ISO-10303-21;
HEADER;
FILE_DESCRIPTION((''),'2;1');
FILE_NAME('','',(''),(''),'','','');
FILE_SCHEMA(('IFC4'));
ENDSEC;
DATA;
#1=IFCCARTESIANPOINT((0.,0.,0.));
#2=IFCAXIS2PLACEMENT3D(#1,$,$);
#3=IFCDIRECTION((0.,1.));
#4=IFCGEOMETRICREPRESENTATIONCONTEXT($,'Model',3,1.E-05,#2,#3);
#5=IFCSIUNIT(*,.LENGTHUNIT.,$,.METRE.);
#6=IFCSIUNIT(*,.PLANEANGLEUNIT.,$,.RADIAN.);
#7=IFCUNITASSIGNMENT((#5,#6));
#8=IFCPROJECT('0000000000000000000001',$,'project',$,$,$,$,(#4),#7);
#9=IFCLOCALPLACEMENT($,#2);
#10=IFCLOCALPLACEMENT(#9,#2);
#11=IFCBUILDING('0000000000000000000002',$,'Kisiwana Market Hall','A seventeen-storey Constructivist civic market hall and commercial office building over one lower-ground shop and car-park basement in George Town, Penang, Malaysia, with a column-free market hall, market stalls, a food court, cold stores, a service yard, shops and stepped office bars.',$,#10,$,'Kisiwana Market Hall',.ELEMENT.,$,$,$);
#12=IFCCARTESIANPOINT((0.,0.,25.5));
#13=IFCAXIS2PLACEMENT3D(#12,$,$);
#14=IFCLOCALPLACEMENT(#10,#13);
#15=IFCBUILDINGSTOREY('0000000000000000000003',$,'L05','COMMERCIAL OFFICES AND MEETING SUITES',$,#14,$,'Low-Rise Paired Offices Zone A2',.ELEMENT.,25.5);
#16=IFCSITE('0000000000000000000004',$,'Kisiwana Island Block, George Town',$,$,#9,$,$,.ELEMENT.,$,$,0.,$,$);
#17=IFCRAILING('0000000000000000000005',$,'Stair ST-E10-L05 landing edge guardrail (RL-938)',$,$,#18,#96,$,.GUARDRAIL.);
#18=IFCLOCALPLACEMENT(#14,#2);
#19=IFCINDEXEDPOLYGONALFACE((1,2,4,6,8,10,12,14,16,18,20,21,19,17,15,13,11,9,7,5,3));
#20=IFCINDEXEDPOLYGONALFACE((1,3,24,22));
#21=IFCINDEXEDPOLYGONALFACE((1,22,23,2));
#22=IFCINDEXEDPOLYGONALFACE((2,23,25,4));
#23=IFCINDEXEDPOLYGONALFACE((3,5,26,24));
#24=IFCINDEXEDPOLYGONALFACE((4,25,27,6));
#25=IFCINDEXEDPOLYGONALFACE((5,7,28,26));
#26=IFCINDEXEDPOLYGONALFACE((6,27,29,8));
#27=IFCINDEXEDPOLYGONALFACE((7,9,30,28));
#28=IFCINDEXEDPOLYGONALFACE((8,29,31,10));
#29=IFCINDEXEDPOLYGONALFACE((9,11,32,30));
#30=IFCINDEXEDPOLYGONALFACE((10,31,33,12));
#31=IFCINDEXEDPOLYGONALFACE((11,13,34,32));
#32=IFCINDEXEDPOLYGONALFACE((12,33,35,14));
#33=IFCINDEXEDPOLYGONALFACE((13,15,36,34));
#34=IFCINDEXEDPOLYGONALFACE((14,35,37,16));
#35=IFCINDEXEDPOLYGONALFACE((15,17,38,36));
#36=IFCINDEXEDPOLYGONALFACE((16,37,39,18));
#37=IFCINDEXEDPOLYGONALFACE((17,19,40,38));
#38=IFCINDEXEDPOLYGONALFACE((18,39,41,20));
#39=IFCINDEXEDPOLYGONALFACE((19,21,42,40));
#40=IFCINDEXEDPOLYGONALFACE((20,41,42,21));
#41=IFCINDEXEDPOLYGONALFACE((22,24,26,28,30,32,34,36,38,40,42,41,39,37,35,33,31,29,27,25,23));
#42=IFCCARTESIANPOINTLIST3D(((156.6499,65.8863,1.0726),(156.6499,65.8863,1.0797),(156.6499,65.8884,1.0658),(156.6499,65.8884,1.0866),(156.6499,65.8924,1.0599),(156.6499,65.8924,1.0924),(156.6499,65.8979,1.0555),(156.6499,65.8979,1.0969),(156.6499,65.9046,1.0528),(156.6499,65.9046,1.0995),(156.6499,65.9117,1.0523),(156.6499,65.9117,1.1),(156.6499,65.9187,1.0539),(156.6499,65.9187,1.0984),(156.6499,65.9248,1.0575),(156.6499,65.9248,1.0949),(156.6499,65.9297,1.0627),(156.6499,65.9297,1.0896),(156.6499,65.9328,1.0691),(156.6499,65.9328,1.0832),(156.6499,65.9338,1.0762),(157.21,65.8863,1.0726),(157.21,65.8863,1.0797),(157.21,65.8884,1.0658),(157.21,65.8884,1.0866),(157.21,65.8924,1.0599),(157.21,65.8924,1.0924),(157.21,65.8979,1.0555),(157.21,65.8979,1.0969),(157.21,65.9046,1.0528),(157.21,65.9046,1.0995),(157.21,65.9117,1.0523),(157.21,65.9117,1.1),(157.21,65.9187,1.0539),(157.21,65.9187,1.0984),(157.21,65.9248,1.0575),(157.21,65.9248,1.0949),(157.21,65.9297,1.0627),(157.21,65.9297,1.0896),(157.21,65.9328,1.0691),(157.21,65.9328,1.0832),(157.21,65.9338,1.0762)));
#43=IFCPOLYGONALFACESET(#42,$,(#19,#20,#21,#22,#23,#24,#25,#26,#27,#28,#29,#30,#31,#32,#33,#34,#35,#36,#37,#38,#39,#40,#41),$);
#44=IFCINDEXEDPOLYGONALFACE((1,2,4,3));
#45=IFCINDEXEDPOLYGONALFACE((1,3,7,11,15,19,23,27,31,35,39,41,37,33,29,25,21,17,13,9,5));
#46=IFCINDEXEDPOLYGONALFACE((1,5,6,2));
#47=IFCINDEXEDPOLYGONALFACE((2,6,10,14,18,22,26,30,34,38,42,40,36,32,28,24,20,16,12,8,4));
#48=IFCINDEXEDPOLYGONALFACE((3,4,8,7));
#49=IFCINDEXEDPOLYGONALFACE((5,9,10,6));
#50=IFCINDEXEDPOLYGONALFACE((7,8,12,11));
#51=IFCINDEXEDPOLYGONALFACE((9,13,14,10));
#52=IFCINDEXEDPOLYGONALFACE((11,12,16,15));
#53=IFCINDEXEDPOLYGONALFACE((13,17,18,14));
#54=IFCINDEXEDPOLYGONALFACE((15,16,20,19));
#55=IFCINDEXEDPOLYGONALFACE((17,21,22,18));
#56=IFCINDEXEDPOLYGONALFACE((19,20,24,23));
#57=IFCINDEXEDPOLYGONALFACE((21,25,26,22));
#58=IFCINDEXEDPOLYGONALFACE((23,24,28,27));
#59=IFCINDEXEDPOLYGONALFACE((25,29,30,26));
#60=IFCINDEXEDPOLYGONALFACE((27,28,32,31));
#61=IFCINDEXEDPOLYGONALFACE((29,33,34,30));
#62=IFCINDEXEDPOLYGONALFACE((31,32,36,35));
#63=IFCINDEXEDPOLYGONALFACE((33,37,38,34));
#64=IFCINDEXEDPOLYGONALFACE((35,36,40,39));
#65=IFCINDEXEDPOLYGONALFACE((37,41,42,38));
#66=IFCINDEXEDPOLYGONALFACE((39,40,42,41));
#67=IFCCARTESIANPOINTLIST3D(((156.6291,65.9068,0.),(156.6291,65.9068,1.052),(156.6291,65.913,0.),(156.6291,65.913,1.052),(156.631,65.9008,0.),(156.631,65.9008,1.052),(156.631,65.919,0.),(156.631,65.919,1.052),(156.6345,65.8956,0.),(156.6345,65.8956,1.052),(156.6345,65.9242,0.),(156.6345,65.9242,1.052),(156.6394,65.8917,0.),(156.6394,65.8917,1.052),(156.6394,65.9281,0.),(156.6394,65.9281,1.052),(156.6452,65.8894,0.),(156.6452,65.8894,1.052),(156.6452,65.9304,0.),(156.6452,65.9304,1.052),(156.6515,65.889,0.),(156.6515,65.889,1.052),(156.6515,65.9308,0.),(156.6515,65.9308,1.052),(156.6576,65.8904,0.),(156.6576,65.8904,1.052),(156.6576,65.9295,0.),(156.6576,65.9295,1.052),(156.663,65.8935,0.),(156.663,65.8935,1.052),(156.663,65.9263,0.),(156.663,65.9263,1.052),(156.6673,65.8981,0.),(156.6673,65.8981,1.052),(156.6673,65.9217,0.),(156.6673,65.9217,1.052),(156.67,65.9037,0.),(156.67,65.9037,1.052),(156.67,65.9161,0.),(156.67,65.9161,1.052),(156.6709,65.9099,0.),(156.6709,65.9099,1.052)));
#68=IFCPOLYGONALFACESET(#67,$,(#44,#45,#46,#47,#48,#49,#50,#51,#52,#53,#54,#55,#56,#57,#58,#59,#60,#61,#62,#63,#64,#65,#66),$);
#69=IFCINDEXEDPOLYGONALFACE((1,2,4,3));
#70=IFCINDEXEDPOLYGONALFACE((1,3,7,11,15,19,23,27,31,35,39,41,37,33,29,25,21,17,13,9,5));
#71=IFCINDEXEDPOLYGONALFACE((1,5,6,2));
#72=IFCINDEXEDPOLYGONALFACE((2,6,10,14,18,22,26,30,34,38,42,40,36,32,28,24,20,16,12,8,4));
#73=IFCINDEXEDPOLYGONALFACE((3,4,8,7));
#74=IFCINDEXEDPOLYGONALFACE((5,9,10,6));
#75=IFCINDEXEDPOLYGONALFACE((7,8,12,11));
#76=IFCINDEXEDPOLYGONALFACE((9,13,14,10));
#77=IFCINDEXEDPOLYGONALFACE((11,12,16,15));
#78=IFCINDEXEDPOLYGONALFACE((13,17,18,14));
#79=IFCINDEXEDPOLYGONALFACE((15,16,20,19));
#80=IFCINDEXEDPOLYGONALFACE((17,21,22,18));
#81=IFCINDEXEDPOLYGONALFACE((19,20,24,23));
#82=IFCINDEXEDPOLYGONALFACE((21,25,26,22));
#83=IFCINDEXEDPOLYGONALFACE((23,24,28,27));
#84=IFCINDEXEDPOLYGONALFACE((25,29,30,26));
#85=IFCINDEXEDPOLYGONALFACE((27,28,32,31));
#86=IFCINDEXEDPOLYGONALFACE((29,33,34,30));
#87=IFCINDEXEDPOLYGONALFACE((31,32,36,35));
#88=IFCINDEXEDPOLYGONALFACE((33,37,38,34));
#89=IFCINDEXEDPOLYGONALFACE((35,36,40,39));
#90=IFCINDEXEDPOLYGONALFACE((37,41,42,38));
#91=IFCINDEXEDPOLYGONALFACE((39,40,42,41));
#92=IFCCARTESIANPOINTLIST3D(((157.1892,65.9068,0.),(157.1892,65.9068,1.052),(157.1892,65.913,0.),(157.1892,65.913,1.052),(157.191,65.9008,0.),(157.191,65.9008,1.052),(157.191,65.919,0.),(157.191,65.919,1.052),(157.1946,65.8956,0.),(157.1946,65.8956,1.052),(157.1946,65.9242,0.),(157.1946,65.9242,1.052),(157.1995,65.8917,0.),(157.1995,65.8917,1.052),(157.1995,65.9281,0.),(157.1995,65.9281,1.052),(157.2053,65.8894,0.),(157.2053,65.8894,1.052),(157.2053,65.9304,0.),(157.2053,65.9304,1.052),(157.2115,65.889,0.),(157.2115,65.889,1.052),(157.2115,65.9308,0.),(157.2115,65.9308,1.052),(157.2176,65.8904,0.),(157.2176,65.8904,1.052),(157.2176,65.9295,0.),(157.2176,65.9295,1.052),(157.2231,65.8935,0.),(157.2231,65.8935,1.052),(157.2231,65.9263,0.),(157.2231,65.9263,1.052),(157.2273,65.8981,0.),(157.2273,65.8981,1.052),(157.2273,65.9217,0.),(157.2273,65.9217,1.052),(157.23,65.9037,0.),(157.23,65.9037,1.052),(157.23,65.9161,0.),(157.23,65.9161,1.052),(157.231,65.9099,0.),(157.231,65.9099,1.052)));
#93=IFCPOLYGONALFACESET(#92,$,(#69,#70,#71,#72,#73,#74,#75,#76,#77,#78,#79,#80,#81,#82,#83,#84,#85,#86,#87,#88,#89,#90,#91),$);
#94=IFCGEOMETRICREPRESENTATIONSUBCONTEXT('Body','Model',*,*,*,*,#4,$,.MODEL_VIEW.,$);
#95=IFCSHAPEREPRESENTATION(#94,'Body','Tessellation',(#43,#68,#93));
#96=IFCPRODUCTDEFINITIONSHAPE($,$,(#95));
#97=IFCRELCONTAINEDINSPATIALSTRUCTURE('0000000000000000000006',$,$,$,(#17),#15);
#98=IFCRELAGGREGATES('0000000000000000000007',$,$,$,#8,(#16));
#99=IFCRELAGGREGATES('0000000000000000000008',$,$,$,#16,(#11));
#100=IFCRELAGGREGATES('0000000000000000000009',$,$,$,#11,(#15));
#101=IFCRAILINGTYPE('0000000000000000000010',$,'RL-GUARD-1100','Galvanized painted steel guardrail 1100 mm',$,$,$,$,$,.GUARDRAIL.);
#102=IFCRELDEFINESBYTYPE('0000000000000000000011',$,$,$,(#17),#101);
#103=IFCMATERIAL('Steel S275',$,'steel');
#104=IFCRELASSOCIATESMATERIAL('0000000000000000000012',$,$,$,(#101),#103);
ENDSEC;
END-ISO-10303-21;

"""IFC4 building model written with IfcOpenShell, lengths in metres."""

from ifc_helpers import new_model, si_unit, direction, frame, origin, origin_2d, place, context, subcontext, project, spatial, circle, extrude, material, type_object, element, save


model = new_model("IFC4")

# Units and contexts
model_context = context("Model", 3, precision=1e-05, world=origin(), true_north=direction((0.0, 1.0)))
body_context = subcontext(model_context, "Body", "Model", "MODEL_VIEW")
ifc_project = project(units=[si_unit("LENGTHUNIT", "METRE"), si_unit("PLANEANGLEUNIT", "RADIAN")], contexts=[model_context])

# Site, building, storey
site_placement = place(None, origin())
site = spatial("IfcSite", under=ifc_project, at=site_placement, Name="Kisiwana Island Block, George Town", CompositionType="ELEMENT", RefElevation=0.0)
building_placement = place(site_placement, origin())
building = spatial("IfcBuilding", under=site, at=building_placement, Name="Kisiwana Market Hall", Description="A seventeen-storey Constructivist civic market hall and commercial office building over one lower-ground shop and car-park basement in George Town, Penang, Malaysia, with a column-free market hall, market stalls, a food court, cold stores, a service yard, shops and stepped office bars.", LongName="Kisiwana Market Hall", CompositionType="ELEMENT")
storey_placement = place(building_placement, frame((0.0, 0.0, 25.5)))
storey = spatial("IfcBuildingStorey", under=building, at=storey_placement, Name="L05", Description="COMMERCIAL OFFICES AND MEETING SUITES", LongName="Low-Rise Paired Offices Zone A2", CompositionType="ELEMENT", Elevation=25.5)

# Railing
ifc_material_1 = material(Name="Steel S275", Category="steel")
railing_type_1 = type_object("IfcRailingType", Name="RL-GUARD-1100", Description="Galvanized painted steel guardrail 1100 mm", PredefinedType="GUARDRAIL", material=ifc_material_1)
railing_1_placement = place(storey_placement, frame((156.6499, 65.9099, 0.0)))
element("IfcRailing", 1, at=railing_1_placement, inside=storey, type_object=railing_type_1, Name="Stair ST-E10-L05 landing edge guardrail (RL-938)", PredefinedType="GUARDRAIL", context=body_context, shape_type="SweptSolid", body=[
    extrude(circle(Radius=0.0239, at=origin_2d()), frame((0.0, 0.0, 1.0762), z_axis=(1.0, 0.0, 0.0), x_axis=(0.0, 1.0, 0.0)), (0.0, 0.0, 1.0), 0.5601),
    extrude(circle(Radius=0.021, at=origin_2d()), origin(), (0.0, 0.0, 1.0), 1.052),
    extrude(circle(Radius=0.021, at=origin_2d()), frame((0.5601, 0.0, 0.0)), (0.0, 0.0, 1.0), 1.052),
])

save(model, "model.ifc")
